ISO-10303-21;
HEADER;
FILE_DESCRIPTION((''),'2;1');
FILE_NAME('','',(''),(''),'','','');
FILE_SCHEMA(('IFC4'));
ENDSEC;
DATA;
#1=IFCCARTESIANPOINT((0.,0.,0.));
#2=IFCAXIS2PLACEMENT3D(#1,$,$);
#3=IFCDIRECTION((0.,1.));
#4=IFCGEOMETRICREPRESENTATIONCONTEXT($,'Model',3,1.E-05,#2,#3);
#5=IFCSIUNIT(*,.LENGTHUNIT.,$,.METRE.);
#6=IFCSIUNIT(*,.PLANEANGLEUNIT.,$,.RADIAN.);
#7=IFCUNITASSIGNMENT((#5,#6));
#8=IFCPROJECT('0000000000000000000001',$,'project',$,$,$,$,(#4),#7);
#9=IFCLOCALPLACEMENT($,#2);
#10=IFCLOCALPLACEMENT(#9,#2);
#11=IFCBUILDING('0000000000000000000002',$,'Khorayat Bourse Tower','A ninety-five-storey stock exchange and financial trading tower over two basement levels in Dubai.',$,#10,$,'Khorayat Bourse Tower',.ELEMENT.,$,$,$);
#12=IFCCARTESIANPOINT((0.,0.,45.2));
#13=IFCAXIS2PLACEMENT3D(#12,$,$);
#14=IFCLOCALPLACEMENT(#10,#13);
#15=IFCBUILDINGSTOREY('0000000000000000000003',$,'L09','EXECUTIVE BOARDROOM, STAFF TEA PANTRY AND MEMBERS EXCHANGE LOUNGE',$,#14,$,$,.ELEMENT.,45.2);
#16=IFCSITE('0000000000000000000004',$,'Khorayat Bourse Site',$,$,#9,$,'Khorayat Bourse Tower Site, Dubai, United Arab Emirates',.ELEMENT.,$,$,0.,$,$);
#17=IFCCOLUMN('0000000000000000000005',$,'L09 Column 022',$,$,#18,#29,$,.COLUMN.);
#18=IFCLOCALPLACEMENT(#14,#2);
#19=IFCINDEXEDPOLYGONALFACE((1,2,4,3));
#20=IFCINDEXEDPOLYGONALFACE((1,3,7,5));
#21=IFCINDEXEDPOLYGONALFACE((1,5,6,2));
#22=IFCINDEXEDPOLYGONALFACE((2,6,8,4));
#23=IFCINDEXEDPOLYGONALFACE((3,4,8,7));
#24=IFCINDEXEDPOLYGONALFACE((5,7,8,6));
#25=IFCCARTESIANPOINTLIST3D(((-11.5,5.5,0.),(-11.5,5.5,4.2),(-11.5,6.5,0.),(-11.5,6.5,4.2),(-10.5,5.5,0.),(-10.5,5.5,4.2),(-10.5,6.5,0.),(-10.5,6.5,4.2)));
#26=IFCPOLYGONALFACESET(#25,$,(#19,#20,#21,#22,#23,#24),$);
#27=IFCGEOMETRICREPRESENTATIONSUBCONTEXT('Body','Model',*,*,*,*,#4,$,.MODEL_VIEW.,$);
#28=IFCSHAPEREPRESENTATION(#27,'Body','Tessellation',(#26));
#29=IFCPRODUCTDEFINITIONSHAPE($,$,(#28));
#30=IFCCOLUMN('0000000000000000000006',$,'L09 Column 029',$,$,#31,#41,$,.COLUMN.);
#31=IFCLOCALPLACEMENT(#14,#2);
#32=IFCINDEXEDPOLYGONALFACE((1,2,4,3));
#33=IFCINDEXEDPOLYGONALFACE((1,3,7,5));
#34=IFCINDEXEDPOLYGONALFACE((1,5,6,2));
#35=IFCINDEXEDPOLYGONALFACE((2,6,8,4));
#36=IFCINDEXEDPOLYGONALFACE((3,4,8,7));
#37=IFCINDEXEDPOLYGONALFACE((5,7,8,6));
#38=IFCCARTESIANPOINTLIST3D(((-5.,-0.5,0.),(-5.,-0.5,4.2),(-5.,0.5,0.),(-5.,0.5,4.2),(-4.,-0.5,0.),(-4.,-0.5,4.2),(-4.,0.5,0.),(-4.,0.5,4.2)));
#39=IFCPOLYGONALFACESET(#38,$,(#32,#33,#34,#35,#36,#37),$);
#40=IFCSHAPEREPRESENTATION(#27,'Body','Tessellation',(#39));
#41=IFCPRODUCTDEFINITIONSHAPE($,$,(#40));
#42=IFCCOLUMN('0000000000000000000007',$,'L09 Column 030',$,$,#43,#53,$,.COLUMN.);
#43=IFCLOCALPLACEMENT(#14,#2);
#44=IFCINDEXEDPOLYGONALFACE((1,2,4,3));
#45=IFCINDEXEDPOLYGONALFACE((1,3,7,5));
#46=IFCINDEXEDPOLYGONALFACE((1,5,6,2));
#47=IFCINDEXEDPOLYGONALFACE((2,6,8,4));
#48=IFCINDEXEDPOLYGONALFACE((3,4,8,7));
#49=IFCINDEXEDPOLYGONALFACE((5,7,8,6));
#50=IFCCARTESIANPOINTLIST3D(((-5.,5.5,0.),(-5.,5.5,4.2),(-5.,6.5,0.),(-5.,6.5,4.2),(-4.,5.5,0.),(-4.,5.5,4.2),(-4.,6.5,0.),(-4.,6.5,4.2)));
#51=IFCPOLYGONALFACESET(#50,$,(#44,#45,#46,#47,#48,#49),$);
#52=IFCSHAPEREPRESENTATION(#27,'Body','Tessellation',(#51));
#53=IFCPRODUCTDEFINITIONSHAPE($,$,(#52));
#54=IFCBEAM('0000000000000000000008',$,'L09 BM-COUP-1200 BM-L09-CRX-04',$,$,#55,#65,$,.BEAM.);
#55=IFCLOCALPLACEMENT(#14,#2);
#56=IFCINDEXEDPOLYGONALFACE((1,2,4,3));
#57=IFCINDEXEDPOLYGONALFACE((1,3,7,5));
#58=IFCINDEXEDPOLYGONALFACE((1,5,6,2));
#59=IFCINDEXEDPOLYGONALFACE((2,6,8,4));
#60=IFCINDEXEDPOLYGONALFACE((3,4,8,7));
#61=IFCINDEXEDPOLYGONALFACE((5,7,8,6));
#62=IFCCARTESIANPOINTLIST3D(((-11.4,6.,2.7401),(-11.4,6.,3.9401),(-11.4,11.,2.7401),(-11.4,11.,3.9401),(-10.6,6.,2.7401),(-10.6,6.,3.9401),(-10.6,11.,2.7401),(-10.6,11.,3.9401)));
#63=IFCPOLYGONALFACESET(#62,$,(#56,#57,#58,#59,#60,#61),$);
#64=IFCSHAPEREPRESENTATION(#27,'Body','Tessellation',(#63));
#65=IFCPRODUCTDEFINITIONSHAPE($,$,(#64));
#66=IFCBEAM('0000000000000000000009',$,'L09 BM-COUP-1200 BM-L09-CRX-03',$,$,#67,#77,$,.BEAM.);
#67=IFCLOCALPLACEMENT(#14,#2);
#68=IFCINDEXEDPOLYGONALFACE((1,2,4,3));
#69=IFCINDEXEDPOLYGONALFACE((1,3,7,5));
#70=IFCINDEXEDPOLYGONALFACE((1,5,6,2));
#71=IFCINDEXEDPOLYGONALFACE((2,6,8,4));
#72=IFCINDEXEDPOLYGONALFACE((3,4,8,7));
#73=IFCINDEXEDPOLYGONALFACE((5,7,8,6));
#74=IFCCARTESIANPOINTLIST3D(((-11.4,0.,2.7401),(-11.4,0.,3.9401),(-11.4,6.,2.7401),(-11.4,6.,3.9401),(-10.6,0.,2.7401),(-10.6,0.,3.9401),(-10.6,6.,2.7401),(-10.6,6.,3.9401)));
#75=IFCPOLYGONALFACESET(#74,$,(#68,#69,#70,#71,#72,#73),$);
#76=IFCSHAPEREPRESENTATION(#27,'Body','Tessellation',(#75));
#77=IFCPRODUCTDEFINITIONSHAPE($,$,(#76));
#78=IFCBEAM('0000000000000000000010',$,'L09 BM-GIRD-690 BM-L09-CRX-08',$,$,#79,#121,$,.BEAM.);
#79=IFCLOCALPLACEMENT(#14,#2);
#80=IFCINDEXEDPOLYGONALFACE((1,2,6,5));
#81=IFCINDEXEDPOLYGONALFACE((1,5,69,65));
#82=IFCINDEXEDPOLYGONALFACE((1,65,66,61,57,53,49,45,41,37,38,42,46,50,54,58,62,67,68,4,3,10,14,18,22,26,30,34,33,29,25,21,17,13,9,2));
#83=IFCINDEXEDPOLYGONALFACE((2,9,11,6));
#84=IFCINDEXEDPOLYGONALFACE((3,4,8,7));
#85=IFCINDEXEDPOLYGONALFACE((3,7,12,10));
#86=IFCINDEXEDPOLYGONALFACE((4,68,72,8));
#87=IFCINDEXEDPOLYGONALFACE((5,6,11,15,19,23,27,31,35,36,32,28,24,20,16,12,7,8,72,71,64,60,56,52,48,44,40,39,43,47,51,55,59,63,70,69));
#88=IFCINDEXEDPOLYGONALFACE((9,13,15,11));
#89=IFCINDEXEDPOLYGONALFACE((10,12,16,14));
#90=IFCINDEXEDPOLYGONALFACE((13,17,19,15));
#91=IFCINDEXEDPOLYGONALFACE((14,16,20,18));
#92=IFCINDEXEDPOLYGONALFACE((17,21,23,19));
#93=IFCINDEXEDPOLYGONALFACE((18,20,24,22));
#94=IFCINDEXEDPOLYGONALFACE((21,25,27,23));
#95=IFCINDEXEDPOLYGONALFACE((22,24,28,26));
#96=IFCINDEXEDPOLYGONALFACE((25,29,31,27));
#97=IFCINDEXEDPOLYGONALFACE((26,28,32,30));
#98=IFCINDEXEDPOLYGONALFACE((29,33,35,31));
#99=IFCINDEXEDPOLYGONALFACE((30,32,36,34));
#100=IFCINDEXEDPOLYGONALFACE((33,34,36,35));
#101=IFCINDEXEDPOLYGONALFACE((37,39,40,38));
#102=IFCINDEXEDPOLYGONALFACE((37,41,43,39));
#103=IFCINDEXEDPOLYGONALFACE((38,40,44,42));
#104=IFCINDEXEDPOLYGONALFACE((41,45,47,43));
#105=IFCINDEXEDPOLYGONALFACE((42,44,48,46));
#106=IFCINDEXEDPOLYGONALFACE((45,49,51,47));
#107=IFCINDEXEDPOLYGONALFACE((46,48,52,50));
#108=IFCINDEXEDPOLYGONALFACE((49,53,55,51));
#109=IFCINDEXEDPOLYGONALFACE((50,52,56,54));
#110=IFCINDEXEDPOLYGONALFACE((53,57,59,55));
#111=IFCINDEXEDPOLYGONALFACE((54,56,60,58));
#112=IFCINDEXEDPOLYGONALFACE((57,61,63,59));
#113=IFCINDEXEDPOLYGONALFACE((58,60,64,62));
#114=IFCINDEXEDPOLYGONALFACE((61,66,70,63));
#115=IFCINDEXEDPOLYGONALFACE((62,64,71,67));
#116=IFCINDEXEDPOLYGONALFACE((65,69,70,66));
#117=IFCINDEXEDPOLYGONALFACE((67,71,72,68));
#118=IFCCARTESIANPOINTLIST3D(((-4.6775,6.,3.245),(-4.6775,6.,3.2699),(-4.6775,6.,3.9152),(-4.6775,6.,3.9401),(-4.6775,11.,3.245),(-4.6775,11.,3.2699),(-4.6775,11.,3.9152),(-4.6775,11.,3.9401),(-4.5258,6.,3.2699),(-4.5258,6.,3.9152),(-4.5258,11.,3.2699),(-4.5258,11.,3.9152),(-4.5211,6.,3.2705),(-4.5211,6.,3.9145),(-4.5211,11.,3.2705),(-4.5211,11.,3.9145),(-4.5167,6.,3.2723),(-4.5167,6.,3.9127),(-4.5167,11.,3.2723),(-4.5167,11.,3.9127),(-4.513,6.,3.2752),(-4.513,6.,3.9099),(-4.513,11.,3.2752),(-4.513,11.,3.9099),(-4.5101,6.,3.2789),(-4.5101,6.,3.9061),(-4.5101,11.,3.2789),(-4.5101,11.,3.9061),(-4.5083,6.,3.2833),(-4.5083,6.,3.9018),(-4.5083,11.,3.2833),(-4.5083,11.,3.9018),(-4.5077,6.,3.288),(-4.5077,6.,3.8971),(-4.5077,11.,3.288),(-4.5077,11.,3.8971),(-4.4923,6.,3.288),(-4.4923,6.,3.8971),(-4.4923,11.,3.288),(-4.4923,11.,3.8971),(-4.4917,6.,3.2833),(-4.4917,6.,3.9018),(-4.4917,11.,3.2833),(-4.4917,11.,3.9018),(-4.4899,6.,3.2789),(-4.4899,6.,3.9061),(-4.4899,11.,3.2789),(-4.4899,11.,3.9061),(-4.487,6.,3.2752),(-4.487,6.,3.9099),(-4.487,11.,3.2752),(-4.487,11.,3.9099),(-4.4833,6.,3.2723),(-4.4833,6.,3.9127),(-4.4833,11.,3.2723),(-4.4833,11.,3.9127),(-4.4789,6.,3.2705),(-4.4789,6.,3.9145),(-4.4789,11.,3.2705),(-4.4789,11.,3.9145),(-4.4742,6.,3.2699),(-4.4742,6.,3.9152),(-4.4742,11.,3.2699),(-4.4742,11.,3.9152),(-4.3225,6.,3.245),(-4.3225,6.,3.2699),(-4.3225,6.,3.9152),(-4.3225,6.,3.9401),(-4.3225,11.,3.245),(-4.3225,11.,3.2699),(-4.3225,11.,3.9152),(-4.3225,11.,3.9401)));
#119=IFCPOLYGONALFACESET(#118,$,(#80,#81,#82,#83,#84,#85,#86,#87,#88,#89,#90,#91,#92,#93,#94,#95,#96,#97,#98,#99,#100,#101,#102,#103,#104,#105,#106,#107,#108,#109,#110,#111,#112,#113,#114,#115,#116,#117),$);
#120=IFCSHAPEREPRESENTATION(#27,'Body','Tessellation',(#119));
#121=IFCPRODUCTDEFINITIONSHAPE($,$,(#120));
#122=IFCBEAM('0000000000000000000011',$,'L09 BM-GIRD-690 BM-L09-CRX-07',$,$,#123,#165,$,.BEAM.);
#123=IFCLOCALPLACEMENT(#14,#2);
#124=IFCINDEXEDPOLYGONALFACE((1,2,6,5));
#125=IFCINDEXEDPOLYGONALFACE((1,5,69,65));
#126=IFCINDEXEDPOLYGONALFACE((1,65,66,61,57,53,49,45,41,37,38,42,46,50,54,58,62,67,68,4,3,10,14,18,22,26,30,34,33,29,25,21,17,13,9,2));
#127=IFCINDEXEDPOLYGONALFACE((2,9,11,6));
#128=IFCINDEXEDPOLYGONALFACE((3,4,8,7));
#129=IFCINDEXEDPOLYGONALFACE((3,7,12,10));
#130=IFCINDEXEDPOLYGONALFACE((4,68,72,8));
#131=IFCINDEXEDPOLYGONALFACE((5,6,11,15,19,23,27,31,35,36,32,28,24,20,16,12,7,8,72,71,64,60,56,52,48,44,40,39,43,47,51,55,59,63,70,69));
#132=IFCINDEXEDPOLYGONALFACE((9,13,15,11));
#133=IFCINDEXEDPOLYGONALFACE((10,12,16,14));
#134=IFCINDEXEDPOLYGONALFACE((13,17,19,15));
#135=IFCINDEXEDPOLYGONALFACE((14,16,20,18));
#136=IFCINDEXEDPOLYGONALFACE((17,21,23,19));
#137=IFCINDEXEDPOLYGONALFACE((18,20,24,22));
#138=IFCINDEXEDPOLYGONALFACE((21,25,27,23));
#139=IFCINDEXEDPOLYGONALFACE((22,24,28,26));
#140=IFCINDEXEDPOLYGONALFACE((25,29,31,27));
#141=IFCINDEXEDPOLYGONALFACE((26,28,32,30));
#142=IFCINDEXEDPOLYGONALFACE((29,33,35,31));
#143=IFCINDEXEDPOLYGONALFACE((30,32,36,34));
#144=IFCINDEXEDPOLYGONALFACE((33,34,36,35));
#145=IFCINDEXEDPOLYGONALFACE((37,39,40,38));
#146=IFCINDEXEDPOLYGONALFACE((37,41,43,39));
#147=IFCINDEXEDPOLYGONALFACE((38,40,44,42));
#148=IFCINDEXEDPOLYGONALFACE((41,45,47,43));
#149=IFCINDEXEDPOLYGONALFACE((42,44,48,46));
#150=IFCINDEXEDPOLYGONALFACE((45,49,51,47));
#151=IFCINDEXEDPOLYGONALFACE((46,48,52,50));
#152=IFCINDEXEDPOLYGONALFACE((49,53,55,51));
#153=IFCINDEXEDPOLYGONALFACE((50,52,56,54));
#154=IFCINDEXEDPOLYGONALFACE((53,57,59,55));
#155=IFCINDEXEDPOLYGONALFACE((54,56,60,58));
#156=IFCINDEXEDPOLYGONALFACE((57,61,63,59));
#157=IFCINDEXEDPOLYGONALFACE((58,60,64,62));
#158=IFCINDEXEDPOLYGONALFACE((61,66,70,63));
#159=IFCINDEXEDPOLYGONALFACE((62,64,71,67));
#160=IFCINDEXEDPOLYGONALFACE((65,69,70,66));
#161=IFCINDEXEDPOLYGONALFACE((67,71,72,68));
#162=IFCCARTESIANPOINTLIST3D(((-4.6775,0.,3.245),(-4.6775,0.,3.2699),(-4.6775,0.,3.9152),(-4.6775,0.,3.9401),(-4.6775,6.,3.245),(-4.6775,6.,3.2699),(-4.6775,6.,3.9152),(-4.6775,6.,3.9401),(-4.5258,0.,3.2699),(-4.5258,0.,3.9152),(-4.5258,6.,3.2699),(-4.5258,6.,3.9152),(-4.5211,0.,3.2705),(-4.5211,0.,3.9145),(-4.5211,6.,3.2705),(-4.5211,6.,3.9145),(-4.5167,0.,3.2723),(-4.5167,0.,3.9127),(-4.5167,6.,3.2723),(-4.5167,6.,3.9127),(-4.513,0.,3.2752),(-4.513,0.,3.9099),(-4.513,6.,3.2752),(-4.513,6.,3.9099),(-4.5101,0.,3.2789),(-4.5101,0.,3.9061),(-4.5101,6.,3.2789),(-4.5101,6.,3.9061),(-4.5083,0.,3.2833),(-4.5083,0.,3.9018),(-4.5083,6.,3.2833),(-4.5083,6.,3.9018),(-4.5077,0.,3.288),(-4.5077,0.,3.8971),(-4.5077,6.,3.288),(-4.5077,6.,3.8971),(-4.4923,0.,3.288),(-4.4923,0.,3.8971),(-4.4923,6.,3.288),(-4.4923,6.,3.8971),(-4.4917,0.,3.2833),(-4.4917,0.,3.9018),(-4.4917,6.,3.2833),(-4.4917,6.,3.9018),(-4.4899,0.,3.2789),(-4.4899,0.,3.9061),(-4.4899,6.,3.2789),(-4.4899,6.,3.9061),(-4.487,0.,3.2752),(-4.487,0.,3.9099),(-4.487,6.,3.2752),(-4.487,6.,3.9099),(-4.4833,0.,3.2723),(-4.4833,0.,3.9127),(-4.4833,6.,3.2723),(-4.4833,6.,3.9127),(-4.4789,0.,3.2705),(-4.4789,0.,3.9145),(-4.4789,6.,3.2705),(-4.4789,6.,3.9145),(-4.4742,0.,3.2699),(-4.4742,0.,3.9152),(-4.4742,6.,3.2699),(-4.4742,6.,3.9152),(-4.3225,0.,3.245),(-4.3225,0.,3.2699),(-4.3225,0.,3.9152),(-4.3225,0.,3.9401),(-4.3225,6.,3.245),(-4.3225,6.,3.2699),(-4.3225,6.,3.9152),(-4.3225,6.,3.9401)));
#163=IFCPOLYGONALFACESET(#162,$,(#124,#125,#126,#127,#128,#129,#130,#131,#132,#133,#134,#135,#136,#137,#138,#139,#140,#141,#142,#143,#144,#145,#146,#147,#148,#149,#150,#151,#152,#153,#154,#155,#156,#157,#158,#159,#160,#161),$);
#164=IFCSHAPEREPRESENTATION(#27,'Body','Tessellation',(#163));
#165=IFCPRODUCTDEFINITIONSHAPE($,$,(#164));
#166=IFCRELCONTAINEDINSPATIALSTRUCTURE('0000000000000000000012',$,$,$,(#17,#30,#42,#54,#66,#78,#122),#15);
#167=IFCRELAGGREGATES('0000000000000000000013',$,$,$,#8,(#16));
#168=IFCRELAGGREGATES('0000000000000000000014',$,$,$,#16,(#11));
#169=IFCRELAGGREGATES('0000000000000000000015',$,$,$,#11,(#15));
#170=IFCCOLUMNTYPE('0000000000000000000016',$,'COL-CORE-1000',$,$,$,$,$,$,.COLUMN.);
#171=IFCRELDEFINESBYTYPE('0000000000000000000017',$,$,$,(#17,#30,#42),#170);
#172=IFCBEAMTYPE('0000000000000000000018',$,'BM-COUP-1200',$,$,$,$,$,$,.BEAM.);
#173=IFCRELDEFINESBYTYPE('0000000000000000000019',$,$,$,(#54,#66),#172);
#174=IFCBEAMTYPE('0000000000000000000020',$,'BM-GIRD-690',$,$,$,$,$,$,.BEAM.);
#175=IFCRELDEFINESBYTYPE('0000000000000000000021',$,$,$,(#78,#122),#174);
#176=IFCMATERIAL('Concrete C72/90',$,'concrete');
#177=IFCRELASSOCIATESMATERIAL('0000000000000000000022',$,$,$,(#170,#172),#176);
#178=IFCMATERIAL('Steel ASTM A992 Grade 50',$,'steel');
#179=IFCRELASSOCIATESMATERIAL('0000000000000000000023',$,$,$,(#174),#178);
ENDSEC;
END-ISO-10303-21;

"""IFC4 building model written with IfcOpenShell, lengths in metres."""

from ifc_helpers import new_model, si_unit, direction, frame, origin, origin_2d, place, context, subcontext, project, spatial, rectangle, i_section, extrude, source, transform, mapped, material, material_profile, profile_set, type_object, element, save


model = new_model("IFC4")

# Units and contexts
model_context = context("Model", 3, precision=1e-05, world=origin(), true_north=direction((0.0, 1.0)))
body_context = subcontext(model_context, "Body", "Model", "MODEL_VIEW")
ifc_project = project(units=[si_unit("LENGTHUNIT", "METRE"), si_unit("PLANEANGLEUNIT", "RADIAN")], contexts=[model_context])

# Site, building, storey
site_placement = place(None, origin())
site = spatial("IfcSite", under=ifc_project, at=site_placement, Name="Khorayat Bourse Site", LongName="Khorayat Bourse Tower Site, Dubai, United Arab Emirates", CompositionType="ELEMENT", RefElevation=0.0)
building_placement = place(site_placement, origin())
building = spatial("IfcBuilding", under=site, at=building_placement, Name="Khorayat Bourse Tower", Description="A ninety-five-storey stock exchange and financial trading tower over two basement levels in Dubai.", LongName="Khorayat Bourse Tower", CompositionType="ELEMENT")
storey_placement = place(building_placement, frame((0.0, 0.0, 45.2)))
storey = spatial("IfcBuildingStorey", under=building, at=storey_placement, Name="L09", Description="EXECUTIVE BOARDROOM, STAFF TEA PANTRY AND MEMBERS EXCHANGE LOUNGE", CompositionType="ELEMENT", Elevation=45.2)

# Columns
ifc_material_1 = material(Name="Concrete C72/90", Category="concrete")
ifc_material_profile_1 = material_profile(ifc_material_1, rectangle(XDim=1.0, YDim=1.0, at=origin_2d()), Name="RC 1000x1000")
ifc_profile_set_1 = profile_set([ifc_material_profile_1], Name="Concrete C72/90")
column_type = type_object("IfcColumnType", Name="COL-CORE-1000", PredefinedType="COLUMN", material=ifc_profile_set_1)
shared_shape_1 = source(origin(), body_context, "Body", "SweptSolid", [
    extrude(rectangle(XDim=1.0, YDim=1.0, at=origin_2d()), origin(), (0.0, 0.0, 1.0), 4.2),
])
for number, where, z_axis, x_axis, name in (
    (1, (-11.0, 6.0, 0.0), (0.0, 0.0, 1.0), (1.0, 0.0, 0.0), "L09 Column 022"),
    (2, (-4.5, 0.0, 0.0), (0.0, 0.0, 1.0), (1.0, 0.0, 0.0), "L09 Column 029"),
    (3, (-4.5, 6.0, 0.0), (0.0, 0.0, 1.0), (1.0, 0.0, 0.0), "L09 Column 030"),
):
    element("IfcColumn", number, at=place(storey_placement, frame(where, z_axis=z_axis, x_axis=x_axis)), inside=storey, type_object=column_type, Name=name, PredefinedType="COLUMN", context=body_context, shape_type="MappedRepresentation", body=[
        mapped(shared_shape_1, transform((0.0, 0.0, 0.0), scale=1.0)),
    ])

# Beams
ifc_material_profile_2 = material_profile(ifc_material_1, rectangle(XDim=0.8, YDim=1.2, at=origin_2d()), Name="RC 800x1200")
ifc_profile_set_2 = profile_set([ifc_material_profile_2], Name="Concrete C72/90")
beam_type_1 = type_object("IfcBeamType", Name="BM-COUP-1200", PredefinedType="BEAM", material=ifc_profile_set_2)
shared_shape_2 = source(origin(), body_context, "Body", "SweptSolid", [
    extrude(rectangle(XDim=0.8, YDim=1.2, at=origin_2d()), origin(), (0.0, 0.0, 1.0), 5.0),
])
beam_1_placement = place(storey_placement, frame((-11.0, 6.0, 3.3401), z_axis=(0.0, 1.0, 0.0), x_axis=(-1.0, 0.0, 0.0)))
element("IfcBeam", 4, at=beam_1_placement, inside=storey, type_object=beam_type_1, Name="L09 BM-COUP-1200 BM-L09-CRX-04", PredefinedType="BEAM", context=body_context, shape_type="MappedRepresentation", body=[
    mapped(shared_shape_2, transform((0.0, 0.0, 0.0), scale=1.0)),
])
shared_shape_3 = source(origin(), body_context, "Body", "SweptSolid", [
    extrude(rectangle(XDim=0.8, YDim=1.2, at=origin_2d()), origin(), (0.0, 0.0, 1.0), 6.0),
])
beam_2_placement = place(storey_placement, frame((-11.0, 0.0, 3.3401), z_axis=(0.0, 1.0, 0.0), x_axis=(-1.0, 0.0, 0.0)))
element("IfcBeam", 5, at=beam_2_placement, inside=storey, type_object=beam_type_1, Name="L09 BM-COUP-1200 BM-L09-CRX-03", PredefinedType="BEAM", context=body_context, shape_type="MappedRepresentation", body=[
    mapped(shared_shape_3, transform((0.0, 0.0, 0.0), scale=1.0)),
])
ifc_material_2 = material(Name="Steel ASTM A992 Grade 50", Category="steel")
ifc_material_profile_3 = material_profile(ifc_material_2, i_section(OverallWidth=0.355, OverallDepth=0.6951, WebThickness=0.0154, FlangeThickness=0.0249, FilletRadius=0.0181, at=origin_2d()), Name="W690X217")
ifc_profile_set_3 = profile_set([ifc_material_profile_3], Name="Steel ASTM A992 Grade 50")
beam_type_2 = type_object("IfcBeamType", Name="BM-GIRD-690", PredefinedType="BEAM", material=ifc_profile_set_3)
shared_shape_4 = source(origin(), body_context, "Body", "SweptSolid", [
    extrude(i_section(OverallWidth=0.355, OverallDepth=0.6951, WebThickness=0.0154, FlangeThickness=0.0249, FilletRadius=0.0181, at=origin_2d()), origin(), (0.0, 0.0, 1.0), 5.0),
])
beam_3_placement = place(storey_placement, frame((-4.5, 6.0, 3.5925), z_axis=(0.0, 1.0, 0.0), x_axis=(-1.0, 0.0, 0.0)))
element("IfcBeam", 6, at=beam_3_placement, inside=storey, type_object=beam_type_2, Name="L09 BM-GIRD-690 BM-L09-CRX-08", PredefinedType="BEAM", context=body_context, shape_type="MappedRepresentation", body=[
    mapped(shared_shape_4, transform((0.0, 0.0, 0.0), scale=1.0)),
])
shared_shape_5 = source(origin(), body_context, "Body", "SweptSolid", [
    extrude(i_section(OverallWidth=0.355, OverallDepth=0.6951, WebThickness=0.0154, FlangeThickness=0.0249, FilletRadius=0.0181, at=origin_2d()), origin(), (0.0, 0.0, 1.0), 6.0),
])
beam_4_placement = place(storey_placement, frame((-4.5, 0.0, 3.5925), z_axis=(0.0, 1.0, 0.0), x_axis=(-1.0, 0.0, 0.0)))
element("IfcBeam", 7, at=beam_4_placement, inside=storey, type_object=beam_type_2, Name="L09 BM-GIRD-690 BM-L09-CRX-07", PredefinedType="BEAM", context=body_context, shape_type="MappedRepresentation", body=[
    mapped(shared_shape_5, transform((0.0, 0.0, 0.0), scale=1.0)),
])

save(model, "model.ifc")
